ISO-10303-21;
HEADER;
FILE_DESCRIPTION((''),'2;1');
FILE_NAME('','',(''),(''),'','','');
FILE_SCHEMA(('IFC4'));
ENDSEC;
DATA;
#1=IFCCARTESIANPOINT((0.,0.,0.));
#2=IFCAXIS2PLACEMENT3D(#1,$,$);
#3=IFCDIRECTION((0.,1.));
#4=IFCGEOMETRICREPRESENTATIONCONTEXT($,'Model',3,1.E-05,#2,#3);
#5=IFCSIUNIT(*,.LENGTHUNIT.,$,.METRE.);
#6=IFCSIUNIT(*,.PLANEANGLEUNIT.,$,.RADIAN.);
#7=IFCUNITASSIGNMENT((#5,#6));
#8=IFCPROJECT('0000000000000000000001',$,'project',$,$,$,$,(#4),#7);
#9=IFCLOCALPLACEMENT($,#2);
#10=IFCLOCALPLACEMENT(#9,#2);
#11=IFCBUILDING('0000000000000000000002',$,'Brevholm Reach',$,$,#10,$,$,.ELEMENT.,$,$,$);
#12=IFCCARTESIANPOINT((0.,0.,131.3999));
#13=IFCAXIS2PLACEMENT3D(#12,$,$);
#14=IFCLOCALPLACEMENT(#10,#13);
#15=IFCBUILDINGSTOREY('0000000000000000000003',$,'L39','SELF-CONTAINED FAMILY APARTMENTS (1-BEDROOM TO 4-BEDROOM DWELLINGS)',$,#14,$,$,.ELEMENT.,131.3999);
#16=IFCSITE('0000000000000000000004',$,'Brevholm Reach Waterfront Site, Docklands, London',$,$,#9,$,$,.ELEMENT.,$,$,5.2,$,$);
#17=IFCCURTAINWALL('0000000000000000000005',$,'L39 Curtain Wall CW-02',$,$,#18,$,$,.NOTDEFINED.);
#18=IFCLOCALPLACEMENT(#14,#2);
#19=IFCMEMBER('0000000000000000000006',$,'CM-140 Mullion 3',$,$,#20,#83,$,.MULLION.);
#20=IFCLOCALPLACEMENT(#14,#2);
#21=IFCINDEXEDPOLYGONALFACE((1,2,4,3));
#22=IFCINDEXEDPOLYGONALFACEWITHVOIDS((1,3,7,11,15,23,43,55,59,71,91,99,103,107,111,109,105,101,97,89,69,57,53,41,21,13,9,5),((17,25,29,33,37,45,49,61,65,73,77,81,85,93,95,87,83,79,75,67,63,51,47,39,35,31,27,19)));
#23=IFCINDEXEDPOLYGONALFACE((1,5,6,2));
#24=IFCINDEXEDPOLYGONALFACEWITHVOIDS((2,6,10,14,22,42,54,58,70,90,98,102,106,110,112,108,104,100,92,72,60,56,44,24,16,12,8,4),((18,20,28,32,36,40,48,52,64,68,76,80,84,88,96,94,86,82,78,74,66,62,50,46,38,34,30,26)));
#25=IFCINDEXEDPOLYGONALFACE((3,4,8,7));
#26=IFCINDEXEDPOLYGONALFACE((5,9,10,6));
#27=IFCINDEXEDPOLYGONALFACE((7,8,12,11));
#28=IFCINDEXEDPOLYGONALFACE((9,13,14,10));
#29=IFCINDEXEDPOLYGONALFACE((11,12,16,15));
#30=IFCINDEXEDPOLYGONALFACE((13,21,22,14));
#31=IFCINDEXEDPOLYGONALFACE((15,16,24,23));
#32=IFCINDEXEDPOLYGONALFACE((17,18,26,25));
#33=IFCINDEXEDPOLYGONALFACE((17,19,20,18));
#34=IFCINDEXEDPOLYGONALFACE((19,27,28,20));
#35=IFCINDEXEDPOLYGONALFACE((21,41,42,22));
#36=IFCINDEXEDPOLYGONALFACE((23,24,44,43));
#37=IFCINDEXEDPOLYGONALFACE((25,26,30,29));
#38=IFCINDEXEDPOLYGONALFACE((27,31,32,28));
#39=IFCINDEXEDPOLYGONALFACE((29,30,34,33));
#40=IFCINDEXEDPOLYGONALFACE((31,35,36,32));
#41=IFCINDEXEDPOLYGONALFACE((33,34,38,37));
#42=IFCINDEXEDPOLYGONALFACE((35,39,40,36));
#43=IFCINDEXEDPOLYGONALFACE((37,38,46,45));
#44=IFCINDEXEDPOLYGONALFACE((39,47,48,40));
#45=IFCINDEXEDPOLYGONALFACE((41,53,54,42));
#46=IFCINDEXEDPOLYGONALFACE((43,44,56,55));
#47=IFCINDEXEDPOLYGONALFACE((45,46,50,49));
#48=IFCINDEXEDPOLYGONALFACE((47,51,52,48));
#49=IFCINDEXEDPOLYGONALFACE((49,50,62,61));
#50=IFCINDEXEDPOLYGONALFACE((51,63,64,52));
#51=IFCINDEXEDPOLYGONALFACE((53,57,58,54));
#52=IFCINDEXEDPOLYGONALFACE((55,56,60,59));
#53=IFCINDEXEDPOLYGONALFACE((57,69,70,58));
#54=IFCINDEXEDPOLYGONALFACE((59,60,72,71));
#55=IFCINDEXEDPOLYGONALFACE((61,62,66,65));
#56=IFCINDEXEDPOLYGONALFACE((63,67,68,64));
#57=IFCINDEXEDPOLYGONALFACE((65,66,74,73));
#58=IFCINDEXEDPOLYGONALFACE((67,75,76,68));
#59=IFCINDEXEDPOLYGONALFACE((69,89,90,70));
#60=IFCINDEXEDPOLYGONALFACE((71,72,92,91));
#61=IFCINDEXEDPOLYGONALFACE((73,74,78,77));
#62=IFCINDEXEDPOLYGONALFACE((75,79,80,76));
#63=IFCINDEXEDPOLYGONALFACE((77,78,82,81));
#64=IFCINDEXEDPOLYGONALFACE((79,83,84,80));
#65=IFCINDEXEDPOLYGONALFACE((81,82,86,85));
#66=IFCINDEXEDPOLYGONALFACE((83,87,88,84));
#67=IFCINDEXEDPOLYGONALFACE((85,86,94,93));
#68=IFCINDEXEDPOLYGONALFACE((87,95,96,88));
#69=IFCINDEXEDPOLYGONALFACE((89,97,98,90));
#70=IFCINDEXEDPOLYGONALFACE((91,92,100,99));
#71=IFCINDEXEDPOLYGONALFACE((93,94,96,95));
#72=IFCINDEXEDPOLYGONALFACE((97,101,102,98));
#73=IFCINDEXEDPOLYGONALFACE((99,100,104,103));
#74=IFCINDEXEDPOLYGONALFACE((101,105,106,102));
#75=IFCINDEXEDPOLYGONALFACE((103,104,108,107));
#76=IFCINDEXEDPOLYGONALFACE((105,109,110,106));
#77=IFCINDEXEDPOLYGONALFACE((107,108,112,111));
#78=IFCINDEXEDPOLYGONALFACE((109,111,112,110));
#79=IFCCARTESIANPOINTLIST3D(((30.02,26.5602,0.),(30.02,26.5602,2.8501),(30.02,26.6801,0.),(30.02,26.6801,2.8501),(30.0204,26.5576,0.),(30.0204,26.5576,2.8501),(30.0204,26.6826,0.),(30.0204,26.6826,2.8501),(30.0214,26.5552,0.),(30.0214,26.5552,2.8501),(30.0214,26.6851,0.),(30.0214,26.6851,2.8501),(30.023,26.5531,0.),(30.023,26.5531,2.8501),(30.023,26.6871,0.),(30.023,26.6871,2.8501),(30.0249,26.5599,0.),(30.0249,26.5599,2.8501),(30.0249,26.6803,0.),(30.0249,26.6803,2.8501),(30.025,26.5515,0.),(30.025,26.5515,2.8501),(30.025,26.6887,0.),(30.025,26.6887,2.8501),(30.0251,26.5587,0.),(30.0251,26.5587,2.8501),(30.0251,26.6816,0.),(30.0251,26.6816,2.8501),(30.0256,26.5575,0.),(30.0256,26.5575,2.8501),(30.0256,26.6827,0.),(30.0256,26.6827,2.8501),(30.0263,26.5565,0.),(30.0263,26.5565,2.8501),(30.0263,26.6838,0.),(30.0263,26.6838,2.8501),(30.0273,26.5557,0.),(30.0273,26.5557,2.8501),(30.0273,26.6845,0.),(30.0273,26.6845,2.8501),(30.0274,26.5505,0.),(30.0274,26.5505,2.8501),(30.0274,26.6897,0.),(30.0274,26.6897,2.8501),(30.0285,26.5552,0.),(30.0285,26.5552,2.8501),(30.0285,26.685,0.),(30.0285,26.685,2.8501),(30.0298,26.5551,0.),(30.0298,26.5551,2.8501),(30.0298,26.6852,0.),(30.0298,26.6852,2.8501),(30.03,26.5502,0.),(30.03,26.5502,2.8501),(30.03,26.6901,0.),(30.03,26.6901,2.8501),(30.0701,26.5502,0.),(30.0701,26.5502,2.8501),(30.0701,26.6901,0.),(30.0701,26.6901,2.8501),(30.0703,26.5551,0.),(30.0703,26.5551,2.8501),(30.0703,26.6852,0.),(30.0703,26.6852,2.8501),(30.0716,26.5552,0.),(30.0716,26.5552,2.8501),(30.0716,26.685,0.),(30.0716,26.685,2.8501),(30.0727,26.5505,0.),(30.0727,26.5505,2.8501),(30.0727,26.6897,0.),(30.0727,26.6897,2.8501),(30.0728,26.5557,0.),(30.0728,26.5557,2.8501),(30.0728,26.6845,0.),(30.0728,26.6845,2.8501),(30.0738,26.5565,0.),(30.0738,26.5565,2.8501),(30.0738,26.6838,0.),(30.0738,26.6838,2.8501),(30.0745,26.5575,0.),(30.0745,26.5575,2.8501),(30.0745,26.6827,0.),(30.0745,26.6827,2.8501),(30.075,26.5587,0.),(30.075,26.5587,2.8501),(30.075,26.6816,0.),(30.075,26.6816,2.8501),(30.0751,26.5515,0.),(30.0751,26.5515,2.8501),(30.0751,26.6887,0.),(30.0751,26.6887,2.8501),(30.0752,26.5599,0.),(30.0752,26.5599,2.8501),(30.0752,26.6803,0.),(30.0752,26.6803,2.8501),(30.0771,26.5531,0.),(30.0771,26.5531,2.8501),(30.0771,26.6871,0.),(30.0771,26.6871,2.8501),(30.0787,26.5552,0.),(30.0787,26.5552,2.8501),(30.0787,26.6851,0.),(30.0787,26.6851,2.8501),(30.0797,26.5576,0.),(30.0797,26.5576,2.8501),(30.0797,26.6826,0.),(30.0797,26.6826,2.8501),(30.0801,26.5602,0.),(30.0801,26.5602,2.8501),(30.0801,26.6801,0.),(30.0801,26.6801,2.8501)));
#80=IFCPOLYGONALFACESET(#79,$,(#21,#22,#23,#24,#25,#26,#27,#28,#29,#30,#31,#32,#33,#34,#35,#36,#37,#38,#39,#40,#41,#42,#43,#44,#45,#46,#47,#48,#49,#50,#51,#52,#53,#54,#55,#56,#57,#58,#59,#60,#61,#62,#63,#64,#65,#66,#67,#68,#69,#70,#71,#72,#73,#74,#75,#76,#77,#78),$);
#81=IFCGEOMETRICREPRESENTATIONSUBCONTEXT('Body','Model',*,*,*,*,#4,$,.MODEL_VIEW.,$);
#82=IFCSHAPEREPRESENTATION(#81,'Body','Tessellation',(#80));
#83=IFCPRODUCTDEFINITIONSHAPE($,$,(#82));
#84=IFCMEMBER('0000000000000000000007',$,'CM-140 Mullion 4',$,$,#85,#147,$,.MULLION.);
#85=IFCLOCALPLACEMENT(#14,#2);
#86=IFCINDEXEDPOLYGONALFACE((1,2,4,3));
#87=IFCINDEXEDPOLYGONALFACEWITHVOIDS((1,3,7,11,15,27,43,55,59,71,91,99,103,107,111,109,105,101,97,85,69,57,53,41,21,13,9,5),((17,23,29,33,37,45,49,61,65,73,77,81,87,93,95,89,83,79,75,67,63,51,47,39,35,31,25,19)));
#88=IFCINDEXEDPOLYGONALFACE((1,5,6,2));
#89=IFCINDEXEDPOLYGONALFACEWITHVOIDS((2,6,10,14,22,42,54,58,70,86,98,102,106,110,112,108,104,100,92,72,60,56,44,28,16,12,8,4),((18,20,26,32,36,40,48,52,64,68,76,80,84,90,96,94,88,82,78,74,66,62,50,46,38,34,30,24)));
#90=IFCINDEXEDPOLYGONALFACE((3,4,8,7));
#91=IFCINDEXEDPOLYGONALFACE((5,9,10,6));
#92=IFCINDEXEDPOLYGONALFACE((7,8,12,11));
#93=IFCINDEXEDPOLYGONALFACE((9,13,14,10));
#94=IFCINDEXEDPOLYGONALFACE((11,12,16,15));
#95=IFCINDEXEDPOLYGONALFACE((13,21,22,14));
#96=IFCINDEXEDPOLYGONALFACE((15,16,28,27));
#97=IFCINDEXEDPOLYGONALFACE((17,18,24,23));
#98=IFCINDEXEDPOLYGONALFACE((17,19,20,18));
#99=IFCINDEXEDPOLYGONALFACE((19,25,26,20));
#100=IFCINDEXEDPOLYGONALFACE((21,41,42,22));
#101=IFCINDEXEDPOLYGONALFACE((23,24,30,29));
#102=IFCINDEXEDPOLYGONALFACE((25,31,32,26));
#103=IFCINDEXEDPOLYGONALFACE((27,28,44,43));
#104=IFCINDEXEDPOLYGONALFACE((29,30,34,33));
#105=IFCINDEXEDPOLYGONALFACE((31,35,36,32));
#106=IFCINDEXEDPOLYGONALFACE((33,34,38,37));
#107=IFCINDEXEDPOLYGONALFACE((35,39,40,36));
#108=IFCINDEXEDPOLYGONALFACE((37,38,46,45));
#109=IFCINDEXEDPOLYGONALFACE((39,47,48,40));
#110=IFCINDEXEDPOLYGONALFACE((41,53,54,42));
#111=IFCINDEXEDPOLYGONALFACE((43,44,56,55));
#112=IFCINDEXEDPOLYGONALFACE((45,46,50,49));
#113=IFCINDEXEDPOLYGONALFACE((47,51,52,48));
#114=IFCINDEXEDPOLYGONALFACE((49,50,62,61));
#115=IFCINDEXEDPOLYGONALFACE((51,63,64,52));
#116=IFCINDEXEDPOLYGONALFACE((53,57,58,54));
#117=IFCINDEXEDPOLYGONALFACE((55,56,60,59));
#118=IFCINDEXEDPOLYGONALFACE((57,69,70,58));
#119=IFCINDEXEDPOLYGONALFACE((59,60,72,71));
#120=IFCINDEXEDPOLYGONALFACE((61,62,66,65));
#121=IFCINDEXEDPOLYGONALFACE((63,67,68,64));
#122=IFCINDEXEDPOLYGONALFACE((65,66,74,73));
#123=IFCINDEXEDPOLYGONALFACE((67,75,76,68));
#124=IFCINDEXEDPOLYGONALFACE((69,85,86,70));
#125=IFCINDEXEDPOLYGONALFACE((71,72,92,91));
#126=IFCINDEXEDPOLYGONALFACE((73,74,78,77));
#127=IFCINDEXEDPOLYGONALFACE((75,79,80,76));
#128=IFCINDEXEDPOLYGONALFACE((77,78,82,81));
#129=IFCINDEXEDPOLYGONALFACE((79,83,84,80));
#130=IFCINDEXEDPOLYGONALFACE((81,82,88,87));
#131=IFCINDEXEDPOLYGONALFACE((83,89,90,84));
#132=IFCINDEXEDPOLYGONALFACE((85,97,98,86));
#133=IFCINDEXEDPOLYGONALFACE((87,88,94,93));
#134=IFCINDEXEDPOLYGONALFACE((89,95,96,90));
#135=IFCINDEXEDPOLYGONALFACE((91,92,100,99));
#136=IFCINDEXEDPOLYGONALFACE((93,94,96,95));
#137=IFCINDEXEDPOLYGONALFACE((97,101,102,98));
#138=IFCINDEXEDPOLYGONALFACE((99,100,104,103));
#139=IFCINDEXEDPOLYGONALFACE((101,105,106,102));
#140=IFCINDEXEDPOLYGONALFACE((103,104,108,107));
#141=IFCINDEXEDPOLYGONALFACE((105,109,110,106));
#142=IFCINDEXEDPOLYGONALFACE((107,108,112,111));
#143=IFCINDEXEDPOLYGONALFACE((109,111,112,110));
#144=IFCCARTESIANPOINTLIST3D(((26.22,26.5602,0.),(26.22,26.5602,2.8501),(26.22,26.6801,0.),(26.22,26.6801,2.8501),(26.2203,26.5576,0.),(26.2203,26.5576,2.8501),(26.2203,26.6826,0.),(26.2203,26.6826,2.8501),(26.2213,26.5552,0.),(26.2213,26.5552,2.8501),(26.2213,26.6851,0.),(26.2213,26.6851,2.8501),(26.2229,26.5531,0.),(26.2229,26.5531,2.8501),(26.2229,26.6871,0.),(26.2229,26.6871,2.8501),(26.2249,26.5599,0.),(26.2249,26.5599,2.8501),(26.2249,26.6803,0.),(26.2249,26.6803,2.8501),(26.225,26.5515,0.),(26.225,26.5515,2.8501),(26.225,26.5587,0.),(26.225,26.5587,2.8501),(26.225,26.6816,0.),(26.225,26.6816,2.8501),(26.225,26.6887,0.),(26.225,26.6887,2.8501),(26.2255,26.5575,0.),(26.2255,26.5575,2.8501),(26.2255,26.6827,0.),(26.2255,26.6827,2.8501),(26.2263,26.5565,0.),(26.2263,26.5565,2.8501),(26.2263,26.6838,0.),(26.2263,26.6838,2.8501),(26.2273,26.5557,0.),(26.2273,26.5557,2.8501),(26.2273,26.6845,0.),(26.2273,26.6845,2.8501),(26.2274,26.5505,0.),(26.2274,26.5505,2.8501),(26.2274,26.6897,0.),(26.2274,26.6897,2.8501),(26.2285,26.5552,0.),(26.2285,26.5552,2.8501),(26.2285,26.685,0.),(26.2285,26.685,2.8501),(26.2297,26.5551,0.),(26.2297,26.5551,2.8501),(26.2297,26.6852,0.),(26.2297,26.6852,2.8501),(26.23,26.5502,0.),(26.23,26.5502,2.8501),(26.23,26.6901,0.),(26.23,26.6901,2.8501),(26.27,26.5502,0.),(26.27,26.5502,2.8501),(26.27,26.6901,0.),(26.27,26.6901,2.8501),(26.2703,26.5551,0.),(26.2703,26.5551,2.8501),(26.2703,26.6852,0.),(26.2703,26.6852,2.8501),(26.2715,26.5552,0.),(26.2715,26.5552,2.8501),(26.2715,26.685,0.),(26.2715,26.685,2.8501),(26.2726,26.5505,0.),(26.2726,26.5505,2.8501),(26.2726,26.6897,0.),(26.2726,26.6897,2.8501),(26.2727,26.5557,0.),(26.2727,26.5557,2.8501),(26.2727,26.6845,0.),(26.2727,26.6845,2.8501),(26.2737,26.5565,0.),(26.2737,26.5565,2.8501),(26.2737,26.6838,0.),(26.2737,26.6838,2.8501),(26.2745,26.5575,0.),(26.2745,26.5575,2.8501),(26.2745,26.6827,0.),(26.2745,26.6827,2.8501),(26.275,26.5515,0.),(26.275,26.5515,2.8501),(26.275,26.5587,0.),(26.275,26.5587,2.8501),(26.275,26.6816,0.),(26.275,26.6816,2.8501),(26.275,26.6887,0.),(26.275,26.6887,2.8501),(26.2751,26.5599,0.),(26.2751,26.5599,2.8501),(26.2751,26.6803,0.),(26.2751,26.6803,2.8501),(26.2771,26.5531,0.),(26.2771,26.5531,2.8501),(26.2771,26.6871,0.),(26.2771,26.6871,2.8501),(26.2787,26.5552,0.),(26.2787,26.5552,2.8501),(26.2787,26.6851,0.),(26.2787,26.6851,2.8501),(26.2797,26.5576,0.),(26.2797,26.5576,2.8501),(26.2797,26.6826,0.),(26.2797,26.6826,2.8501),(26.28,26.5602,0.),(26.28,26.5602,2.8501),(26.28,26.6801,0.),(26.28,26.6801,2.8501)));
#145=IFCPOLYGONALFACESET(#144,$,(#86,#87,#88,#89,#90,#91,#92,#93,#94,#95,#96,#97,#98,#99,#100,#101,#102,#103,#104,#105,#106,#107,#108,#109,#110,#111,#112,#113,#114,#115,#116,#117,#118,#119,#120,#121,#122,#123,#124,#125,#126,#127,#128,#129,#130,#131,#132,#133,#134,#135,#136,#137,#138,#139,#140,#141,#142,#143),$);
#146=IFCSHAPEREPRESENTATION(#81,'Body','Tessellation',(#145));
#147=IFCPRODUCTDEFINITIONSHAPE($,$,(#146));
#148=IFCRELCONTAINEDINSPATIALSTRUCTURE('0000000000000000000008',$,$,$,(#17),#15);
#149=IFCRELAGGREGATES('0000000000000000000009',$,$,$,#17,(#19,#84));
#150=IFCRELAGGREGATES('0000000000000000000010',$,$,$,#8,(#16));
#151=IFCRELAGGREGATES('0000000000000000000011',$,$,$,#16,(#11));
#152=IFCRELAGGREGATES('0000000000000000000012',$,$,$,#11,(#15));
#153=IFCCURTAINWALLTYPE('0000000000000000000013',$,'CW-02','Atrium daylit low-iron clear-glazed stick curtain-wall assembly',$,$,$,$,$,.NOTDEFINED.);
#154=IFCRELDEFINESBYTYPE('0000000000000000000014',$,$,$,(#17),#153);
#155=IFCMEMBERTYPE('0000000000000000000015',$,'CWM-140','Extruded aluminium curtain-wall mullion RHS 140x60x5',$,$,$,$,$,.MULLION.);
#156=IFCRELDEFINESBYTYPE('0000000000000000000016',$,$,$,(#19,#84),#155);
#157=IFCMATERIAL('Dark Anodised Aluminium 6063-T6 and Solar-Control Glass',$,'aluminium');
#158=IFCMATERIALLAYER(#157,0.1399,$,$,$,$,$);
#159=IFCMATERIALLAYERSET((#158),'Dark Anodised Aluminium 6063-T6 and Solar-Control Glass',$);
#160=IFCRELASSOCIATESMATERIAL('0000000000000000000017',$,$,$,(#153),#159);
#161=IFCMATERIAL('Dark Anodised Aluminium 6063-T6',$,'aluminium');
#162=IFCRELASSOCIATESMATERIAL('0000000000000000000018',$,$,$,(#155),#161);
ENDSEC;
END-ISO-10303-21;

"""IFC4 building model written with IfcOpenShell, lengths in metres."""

from ifc_helpers import new_model, si_unit, direction, frame, origin, origin_2d, place, context, subcontext, project, spatial, hollow_rectangle, extrude, material, layer, layer_set, material_profile, profile_set, type_object, element, aggregate, save


model = new_model("IFC4")

# Units and contexts
model_context = context("Model", 3, precision=1e-05, world=origin(), true_north=direction((0.0, 1.0)))
body_context = subcontext(model_context, "Body", "Model", "MODEL_VIEW")
ifc_project = project(units=[si_unit("LENGTHUNIT", "METRE"), si_unit("PLANEANGLEUNIT", "RADIAN")], contexts=[model_context])

# Site, building, storey
site_placement = place(None, origin())
site = spatial("IfcSite", under=ifc_project, at=site_placement, Name="Brevholm Reach Waterfront Site, Docklands, London", CompositionType="ELEMENT", RefElevation=5.2)
building_placement = place(site_placement, origin())
building = spatial("IfcBuilding", under=site, at=building_placement, Name="Brevholm Reach", CompositionType="ELEMENT")
storey_placement = place(building_placement, frame((0.0, 0.0, 131.3999)))
storey = spatial("IfcBuildingStorey", under=building, at=storey_placement, Name="L39", Description="SELF-CONTAINED FAMILY APARTMENTS (1-BEDROOM TO 4-BEDROOM DWELLINGS)", CompositionType="ELEMENT", Elevation=131.3999)

# Curtain wall, members
ifc_material_1 = material(Name="Dark Anodised Aluminium 6063-T6 and Solar-Control Glass", Category="aluminium")
ifc_layer_1 = layer(ifc_material_1, 0.1399)
ifc_layer_set_1 = layer_set([ifc_layer_1], Name="Dark Anodised Aluminium 6063-T6 and Solar-Control Glass")
curtain_wall_type_1 = type_object("IfcCurtainWallType", Name="CW-02", Description="Atrium daylit low-iron clear-glazed stick curtain-wall assembly", PredefinedType="NOTDEFINED", material=ifc_layer_set_1)
curtain_wall_1_placement = place(storey_placement, origin())
curtain_wall_1 = element("IfcCurtainWall", 1, at=curtain_wall_1_placement, inside=storey, type_object=curtain_wall_type_1, Name="L39 Curtain Wall CW-02", PredefinedType="NOTDEFINED")
ifc_material_2 = material(Name="Dark Anodised Aluminium 6063-T6", Category="aluminium")
ifc_material_profile_1 = material_profile(ifc_material_2, hollow_rectangle(XDim=0.0601, YDim=0.1399, WallThickness=0.0049, InnerFilletRadius=0.0049, OuterFilletRadius=0.01, at=origin_2d()), Name="RHS 140x60x5")
ifc_profile_set_1 = profile_set([ifc_material_profile_1], Name="Dark Anodised Aluminium 6063-T6")
member_type_1 = type_object("IfcMemberType", Name="CWM-140", Description="Extruded aluminium curtain-wall mullion RHS 140x60x5", PredefinedType="MULLION", material=ifc_profile_set_1)
member_1_placement = place(storey_placement, frame((30.05, 26.6201, 0.0), z_axis=(0.0, 0.0, 1.0), x_axis=(-1.0, 0.0, 0.0)))
member_1 = element("IfcMember", 2, at=member_1_placement, type_object=member_type_1, Name="CM-140 Mullion 3", PredefinedType="MULLION", context=body_context, shape_type="SweptSolid", body=[
    extrude(hollow_rectangle(XDim=0.0601, YDim=0.1399, WallThickness=0.0049, InnerFilletRadius=0.0049, OuterFilletRadius=0.01, at=origin_2d()), origin(), (0.0, 0.0, 1.0), 2.8501),
])
member_2_placement = place(storey_placement, frame((26.25, 26.6201, 0.0), z_axis=(0.0, 0.0, 1.0), x_axis=(-1.0, 0.0, 0.0)))
member_2 = element("IfcMember", 3, at=member_2_placement, type_object=member_type_1, Name="CM-140 Mullion 4", PredefinedType="MULLION", context=body_context, shape_type="SweptSolid", body=[
    extrude(hollow_rectangle(XDim=0.0601, YDim=0.1399, WallThickness=0.0049, InnerFilletRadius=0.0049, OuterFilletRadius=0.01, at=origin_2d()), origin(), (0.0, 0.0, 1.0), 2.8501),
])

aggregate(curtain_wall_1, [member_1, member_2])

save(model, "model.ifc")
